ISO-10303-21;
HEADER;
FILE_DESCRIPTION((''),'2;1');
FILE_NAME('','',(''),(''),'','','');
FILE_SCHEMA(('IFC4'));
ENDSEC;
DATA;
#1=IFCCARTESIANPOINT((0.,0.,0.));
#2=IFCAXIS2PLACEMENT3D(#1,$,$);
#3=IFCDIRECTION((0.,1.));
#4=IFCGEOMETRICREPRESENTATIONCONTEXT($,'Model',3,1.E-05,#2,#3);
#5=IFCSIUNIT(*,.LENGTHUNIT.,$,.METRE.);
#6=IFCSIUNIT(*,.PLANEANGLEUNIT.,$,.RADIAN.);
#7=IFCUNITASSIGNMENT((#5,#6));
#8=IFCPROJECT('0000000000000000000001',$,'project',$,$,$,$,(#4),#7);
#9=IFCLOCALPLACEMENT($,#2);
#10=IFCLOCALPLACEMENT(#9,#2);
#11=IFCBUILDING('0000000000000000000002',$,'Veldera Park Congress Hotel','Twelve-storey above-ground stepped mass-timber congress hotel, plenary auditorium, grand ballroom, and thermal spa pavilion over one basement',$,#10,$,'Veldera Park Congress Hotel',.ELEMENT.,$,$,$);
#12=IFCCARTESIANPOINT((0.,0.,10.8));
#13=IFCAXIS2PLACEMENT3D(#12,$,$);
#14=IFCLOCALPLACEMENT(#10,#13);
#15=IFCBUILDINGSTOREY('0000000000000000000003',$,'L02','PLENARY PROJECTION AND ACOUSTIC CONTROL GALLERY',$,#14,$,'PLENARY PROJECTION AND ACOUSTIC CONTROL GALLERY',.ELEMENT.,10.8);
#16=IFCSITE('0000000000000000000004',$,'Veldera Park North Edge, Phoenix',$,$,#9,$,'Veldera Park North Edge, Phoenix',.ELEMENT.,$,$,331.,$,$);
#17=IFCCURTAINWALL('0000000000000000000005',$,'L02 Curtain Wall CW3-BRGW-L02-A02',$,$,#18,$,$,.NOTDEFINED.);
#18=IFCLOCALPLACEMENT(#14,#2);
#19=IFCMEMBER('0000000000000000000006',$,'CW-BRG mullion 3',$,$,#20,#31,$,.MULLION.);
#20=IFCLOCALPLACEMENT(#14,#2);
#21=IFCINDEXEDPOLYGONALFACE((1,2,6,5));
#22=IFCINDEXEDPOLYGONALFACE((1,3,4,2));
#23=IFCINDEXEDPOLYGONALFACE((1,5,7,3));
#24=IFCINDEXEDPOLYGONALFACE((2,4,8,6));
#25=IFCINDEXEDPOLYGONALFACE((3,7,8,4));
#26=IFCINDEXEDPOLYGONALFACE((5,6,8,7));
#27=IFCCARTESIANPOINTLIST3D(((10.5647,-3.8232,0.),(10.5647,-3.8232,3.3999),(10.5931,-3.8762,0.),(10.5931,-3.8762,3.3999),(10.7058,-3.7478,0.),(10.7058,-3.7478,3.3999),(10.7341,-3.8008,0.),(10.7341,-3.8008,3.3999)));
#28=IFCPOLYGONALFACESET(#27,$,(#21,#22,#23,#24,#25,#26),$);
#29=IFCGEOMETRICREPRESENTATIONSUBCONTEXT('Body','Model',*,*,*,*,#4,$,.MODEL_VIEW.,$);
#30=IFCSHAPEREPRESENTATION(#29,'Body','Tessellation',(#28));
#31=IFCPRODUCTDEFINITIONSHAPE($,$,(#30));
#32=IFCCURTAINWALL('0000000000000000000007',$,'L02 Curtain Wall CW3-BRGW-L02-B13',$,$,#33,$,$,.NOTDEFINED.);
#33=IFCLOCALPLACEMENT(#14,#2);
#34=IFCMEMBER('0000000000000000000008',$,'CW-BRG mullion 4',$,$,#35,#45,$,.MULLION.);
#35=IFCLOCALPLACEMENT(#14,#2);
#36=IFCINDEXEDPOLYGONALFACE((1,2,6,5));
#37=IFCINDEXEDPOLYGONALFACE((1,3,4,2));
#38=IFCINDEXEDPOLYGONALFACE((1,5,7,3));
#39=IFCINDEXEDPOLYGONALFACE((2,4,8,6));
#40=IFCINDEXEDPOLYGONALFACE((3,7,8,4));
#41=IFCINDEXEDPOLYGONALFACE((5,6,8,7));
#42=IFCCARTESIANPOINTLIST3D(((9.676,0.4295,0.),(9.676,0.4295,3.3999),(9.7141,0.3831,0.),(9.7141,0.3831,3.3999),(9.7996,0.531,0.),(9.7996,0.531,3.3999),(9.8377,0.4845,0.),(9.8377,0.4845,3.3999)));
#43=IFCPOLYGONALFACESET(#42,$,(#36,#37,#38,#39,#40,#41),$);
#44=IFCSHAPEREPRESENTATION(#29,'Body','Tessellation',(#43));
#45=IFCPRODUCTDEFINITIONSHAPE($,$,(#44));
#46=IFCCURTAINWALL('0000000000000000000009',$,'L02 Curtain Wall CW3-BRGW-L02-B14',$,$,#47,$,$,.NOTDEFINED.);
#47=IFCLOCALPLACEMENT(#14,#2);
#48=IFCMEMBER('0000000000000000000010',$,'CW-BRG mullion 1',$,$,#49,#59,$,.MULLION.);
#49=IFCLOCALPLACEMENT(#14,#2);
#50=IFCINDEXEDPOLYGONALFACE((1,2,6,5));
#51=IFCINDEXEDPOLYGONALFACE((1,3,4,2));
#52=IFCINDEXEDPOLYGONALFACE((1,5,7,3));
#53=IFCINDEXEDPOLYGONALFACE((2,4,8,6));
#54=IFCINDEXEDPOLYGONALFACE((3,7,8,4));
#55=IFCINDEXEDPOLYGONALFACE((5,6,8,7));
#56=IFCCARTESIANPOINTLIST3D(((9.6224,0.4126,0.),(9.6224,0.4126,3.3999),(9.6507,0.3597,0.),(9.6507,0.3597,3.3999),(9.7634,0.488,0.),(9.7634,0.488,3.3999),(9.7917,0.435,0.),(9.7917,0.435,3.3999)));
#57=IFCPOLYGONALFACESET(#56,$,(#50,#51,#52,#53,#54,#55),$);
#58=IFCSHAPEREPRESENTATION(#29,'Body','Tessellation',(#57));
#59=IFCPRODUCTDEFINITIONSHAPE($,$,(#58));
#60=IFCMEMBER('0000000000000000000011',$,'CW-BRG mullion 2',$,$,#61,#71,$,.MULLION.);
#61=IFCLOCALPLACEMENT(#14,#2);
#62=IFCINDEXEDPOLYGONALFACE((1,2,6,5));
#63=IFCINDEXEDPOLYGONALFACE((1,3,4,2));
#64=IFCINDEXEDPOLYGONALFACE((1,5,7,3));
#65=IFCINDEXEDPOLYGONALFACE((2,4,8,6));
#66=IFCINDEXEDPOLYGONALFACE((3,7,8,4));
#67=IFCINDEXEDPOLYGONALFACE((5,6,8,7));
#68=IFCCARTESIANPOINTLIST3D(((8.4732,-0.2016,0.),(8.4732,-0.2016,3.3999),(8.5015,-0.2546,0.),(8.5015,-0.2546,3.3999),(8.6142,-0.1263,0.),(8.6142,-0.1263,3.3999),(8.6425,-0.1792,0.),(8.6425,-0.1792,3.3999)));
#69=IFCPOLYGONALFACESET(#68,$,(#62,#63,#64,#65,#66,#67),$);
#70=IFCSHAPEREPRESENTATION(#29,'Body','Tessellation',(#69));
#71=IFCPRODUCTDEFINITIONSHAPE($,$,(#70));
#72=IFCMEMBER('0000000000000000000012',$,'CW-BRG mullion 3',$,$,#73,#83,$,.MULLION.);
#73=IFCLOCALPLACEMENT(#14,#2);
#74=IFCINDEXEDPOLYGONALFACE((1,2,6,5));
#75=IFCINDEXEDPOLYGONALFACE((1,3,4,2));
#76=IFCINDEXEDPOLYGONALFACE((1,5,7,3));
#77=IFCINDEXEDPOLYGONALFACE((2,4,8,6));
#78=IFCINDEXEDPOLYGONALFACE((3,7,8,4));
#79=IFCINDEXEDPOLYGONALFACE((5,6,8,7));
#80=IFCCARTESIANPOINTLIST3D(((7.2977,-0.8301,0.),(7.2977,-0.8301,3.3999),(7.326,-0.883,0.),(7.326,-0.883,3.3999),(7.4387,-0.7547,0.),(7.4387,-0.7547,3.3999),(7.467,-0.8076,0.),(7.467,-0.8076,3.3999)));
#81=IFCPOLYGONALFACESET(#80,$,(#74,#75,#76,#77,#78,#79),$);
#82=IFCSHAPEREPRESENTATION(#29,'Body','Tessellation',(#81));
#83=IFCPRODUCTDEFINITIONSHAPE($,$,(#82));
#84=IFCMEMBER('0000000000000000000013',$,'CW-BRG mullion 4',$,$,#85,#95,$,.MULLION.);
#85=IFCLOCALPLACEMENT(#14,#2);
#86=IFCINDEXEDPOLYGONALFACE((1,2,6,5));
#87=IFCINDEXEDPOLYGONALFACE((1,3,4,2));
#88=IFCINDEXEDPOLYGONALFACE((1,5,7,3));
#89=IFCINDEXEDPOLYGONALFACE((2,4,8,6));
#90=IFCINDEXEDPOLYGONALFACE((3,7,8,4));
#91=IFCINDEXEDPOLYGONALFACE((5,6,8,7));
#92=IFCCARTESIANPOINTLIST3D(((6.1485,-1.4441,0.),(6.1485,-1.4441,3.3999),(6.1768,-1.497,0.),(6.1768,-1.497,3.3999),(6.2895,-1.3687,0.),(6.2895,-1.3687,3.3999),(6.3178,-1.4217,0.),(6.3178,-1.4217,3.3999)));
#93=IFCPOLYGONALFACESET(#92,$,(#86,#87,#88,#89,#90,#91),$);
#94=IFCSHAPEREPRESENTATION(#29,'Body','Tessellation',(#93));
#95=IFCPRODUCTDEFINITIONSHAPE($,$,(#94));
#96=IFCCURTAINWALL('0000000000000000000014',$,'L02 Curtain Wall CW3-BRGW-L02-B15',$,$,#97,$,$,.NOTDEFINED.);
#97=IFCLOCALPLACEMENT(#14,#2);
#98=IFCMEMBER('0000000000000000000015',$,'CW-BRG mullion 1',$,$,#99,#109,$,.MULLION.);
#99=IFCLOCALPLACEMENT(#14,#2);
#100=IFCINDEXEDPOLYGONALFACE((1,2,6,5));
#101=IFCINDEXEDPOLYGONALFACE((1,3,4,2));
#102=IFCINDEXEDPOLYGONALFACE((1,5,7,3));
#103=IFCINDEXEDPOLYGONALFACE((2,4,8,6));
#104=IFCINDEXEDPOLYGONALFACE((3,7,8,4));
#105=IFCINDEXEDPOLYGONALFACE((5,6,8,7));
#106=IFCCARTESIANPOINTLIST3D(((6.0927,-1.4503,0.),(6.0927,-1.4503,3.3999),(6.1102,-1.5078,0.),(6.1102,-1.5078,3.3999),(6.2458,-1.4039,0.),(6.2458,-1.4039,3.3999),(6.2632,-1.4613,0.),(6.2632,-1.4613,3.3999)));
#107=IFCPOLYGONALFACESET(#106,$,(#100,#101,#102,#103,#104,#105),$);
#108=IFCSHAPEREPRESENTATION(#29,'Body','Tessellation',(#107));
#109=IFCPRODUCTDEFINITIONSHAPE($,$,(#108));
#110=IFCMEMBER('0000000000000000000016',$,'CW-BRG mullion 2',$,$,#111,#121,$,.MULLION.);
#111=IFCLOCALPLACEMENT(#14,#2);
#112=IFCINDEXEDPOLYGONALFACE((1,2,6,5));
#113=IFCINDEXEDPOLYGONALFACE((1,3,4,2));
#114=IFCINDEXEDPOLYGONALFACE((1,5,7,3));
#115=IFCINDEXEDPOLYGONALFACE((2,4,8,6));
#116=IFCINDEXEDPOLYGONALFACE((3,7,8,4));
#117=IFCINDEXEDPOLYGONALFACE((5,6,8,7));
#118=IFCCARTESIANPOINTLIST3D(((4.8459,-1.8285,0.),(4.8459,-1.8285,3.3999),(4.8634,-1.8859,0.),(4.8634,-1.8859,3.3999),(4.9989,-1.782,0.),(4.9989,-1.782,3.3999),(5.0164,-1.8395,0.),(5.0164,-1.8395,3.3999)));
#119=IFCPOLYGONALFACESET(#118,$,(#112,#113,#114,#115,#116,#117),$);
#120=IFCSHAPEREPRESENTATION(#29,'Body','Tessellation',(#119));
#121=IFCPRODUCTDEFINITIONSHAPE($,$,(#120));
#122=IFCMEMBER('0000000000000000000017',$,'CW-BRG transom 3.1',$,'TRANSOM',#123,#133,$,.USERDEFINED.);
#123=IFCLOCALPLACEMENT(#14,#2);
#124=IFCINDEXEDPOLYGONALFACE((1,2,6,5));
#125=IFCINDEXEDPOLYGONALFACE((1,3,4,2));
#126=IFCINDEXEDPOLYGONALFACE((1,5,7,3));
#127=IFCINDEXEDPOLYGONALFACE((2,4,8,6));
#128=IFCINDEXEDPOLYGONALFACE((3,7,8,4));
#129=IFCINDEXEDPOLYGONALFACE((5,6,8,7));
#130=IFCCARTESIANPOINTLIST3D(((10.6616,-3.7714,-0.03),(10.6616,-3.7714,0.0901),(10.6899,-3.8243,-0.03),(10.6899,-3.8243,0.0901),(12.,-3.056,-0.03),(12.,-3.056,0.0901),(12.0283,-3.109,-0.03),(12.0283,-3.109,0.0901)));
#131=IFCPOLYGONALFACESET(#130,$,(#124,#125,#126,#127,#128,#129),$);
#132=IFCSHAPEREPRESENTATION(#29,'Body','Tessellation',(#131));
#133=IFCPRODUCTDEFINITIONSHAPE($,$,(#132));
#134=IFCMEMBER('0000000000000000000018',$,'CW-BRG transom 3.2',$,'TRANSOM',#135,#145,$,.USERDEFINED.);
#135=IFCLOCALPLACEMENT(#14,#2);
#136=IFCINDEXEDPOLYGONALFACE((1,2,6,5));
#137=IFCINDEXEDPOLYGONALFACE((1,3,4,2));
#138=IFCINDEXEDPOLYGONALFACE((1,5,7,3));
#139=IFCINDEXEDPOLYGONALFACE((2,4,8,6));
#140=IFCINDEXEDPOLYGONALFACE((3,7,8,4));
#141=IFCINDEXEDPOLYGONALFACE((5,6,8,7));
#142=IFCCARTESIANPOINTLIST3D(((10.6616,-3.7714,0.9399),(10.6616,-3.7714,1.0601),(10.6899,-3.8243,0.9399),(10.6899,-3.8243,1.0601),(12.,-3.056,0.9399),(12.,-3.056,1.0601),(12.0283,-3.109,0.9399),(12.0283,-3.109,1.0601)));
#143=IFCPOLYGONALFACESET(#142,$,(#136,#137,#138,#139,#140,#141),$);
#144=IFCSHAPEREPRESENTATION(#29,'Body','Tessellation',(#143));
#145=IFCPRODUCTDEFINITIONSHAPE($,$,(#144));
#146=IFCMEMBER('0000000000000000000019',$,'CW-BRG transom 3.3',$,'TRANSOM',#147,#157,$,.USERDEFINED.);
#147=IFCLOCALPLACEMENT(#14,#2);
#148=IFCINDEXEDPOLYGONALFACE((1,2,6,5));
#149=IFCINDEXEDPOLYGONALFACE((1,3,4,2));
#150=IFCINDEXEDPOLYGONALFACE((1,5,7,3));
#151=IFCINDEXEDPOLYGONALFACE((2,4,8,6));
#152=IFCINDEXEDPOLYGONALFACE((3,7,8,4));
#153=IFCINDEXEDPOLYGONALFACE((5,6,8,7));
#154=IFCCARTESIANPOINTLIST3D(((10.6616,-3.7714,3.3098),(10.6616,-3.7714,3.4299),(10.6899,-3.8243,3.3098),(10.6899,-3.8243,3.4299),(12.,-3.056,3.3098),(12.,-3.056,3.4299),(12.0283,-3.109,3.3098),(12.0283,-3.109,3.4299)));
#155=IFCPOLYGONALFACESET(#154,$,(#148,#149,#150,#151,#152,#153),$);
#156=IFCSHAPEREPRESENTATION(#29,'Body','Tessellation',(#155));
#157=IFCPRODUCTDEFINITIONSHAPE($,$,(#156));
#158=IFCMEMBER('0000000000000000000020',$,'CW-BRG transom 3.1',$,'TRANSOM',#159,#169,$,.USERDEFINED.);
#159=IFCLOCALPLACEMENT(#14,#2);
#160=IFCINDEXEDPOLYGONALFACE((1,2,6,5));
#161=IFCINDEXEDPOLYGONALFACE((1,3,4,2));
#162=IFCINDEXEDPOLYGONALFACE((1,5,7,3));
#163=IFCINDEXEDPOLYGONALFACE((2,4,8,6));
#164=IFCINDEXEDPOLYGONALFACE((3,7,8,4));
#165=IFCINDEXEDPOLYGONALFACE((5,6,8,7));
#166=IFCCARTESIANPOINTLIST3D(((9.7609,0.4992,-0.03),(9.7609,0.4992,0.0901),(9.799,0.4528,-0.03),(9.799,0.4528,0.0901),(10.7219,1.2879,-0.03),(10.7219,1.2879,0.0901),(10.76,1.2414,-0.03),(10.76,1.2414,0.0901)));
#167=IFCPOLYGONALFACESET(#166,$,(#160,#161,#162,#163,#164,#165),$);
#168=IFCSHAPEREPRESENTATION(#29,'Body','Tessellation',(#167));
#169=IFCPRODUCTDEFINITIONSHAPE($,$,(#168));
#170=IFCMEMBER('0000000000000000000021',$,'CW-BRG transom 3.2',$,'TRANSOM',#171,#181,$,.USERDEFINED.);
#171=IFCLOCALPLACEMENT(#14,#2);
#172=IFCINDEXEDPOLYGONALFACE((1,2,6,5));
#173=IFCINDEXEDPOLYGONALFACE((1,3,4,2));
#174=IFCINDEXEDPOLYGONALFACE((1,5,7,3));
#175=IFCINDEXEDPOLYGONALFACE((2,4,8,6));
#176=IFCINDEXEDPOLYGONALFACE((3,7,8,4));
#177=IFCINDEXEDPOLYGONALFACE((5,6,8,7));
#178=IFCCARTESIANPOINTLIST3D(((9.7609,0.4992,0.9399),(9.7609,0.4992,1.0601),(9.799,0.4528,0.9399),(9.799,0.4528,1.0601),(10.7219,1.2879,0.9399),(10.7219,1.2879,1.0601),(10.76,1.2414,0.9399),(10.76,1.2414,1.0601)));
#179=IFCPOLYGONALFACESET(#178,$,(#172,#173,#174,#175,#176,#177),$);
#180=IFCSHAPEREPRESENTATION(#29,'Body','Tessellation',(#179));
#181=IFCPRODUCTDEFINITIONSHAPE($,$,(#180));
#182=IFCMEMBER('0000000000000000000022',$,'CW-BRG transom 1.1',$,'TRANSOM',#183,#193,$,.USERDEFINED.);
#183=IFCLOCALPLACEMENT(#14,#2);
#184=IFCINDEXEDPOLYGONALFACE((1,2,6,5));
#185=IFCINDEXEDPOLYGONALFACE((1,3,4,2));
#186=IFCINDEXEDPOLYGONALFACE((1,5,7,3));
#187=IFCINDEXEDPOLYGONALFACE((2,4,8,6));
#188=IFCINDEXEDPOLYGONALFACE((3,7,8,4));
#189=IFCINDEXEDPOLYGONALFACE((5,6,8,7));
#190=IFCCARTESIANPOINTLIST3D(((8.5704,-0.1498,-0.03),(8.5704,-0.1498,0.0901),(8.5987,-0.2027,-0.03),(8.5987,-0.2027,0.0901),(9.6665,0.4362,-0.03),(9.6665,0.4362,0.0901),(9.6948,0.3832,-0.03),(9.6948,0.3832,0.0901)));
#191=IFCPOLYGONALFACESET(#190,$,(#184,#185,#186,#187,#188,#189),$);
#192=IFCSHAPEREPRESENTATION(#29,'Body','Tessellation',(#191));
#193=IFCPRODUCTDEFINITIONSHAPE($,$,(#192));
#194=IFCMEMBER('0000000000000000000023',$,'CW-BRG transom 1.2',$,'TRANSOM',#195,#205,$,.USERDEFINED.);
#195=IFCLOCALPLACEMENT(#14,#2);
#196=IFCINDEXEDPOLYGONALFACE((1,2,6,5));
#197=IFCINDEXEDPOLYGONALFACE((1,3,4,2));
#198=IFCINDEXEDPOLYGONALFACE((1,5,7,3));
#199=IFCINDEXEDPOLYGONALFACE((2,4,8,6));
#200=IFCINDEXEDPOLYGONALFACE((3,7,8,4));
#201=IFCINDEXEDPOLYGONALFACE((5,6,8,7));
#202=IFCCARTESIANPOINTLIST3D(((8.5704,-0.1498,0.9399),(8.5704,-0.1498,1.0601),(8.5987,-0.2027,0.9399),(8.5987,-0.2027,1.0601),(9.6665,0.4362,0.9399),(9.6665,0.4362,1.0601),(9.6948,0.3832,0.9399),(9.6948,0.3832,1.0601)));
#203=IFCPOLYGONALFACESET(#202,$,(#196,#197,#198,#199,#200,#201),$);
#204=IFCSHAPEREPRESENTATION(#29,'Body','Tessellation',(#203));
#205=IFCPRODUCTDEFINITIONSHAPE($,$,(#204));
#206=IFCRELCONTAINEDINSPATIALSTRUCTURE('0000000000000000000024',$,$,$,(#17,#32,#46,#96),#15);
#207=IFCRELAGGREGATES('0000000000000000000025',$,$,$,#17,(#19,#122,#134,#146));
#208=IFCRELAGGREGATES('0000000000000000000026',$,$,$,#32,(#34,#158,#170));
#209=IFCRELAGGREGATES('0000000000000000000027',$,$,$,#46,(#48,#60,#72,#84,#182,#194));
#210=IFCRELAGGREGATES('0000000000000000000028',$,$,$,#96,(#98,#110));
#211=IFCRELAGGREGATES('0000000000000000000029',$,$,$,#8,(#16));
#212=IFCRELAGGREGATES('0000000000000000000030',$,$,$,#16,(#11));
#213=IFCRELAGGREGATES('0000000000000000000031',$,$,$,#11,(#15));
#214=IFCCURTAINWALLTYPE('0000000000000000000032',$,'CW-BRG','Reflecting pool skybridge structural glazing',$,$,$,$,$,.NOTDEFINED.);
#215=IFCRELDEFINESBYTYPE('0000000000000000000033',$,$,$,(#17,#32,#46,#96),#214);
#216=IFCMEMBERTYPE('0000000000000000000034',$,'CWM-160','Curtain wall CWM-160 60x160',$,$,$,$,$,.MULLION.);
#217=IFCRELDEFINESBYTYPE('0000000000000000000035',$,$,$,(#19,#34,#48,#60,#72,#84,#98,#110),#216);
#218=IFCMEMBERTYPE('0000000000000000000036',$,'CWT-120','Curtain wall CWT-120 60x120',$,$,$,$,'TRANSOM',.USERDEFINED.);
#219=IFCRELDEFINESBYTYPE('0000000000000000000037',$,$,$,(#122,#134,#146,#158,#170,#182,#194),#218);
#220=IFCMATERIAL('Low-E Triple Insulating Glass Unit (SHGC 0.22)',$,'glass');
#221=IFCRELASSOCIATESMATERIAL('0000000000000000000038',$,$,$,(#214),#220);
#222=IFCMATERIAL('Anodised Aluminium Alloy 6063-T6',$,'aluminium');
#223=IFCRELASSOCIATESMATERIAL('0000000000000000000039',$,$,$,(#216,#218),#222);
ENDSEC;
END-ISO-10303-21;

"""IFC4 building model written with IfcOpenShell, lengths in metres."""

from ifc_helpers import new_model, si_unit, direction, frame, origin, origin_2d, place, context, subcontext, project, spatial, rectangle, extrude, material, material_profile, profile_set, type_object, element, aggregate, save


model = new_model("IFC4")

# Units and contexts
model_context = context("Model", 3, precision=1e-05, world=origin(), true_north=direction((0.0, 1.0)))
body_context = subcontext(model_context, "Body", "Model", "MODEL_VIEW")
ifc_project = project(units=[si_unit("LENGTHUNIT", "METRE"), si_unit("PLANEANGLEUNIT", "RADIAN")], contexts=[model_context])

# Site, building, storey
site_placement = place(None, origin())
site = spatial("IfcSite", under=ifc_project, at=site_placement, Name="Veldera Park North Edge, Phoenix", LongName="Veldera Park North Edge, Phoenix", CompositionType="ELEMENT", RefElevation=331.0)
building_placement = place(site_placement, origin())
building = spatial("IfcBuilding", under=site, at=building_placement, Name="Veldera Park Congress Hotel", Description="Twelve-storey above-ground stepped mass-timber congress hotel, plenary auditorium, grand ballroom, and thermal spa pavilion over one basement", LongName="Veldera Park Congress Hotel", CompositionType="ELEMENT")
storey_placement = place(building_placement, frame((0.0, 0.0, 10.8)))
storey = spatial("IfcBuildingStorey", under=building, at=storey_placement, Name="L02", Description="PLENARY PROJECTION AND ACOUSTIC CONTROL GALLERY", LongName="PLENARY PROJECTION AND ACOUSTIC CONTROL GALLERY", CompositionType="ELEMENT", Elevation=10.8)

# Curtain walls, members
ifc_material_1 = material(Name="Low-E Triple Insulating Glass Unit (SHGC 0.22)", Category="glass")
curtain_wall_type = type_object("IfcCurtainWallType", Name="CW-BRG", Description="Reflecting pool skybridge structural glazing", PredefinedType="NOTDEFINED", material=ifc_material_1)
curtain_wall_1_placement = place(storey_placement, origin())
curtain_wall_1 = element("IfcCurtainWall", 1, at=curtain_wall_1_placement, inside=storey, type_object=curtain_wall_type, Name="L02 Curtain Wall CW3-BRGW-L02-A02", PredefinedType="NOTDEFINED")
ifc_material_2 = material(Name="Anodised Aluminium Alloy 6063-T6", Category="aluminium")
ifc_material_profile_1 = material_profile(ifc_material_2, rectangle(XDim=0.0601, YDim=0.1599, at=origin_2d()), Name="ALU 60x160")
ifc_profile_set_1 = profile_set([ifc_material_profile_1], Name="Anodised Aluminium Alloy 6063-T6")
member_type_1 = type_object("IfcMemberType", Name="CWM-160", Description="Curtain wall CWM-160 60x160", PredefinedType="MULLION", material=ifc_profile_set_1)
member_1_placement = place(storey_placement, frame((10.6494, -3.812, 0.0), z_axis=(0.0, 0.0, 1.0), x_axis=(-0.471385, 0.881928, 0.0)))
member_1 = element("IfcMember", 2, at=member_1_placement, type_object=member_type_1, Name="CW-BRG mullion 3", PredefinedType="MULLION", context=body_context, shape_type="SweptSolid", body=[
    extrude(rectangle(XDim=0.0601, YDim=0.1599, at=origin_2d()), origin(), (0.0, 0.0, 1.0), 3.3999),
])
curtain_wall_2_placement = place(storey_placement, origin())
curtain_wall_2 = element("IfcCurtainWall", 3, at=curtain_wall_2_placement, inside=storey, type_object=curtain_wall_type, Name="L02 Curtain Wall CW3-BRGW-L02-B13", PredefinedType="NOTDEFINED")
member_2_placement = place(storey_placement, frame((9.7568, 0.457, 0.0), z_axis=(0.0, 0.0, 1.0), x_axis=(0.634386, -0.773016, 0.0)))
member_2 = element("IfcMember", 4, at=member_2_placement, type_object=member_type_1, Name="CW-BRG mullion 4", PredefinedType="MULLION", context=body_context, shape_type="SweptSolid", body=[
    extrude(rectangle(XDim=0.0601, YDim=0.1599, at=origin_2d()), origin(), (0.0, 0.0, 1.0), 3.3999),
])

# Curtain walls, members
curtain_wall_3_placement = place(storey_placement, origin())
curtain_wall_3 = element("IfcCurtainWall", 5, at=curtain_wall_3_placement, inside=storey, type_object=curtain_wall_type, Name="L02 Curtain Wall CW3-BRGW-L02-B14", PredefinedType="NOTDEFINED")
member_3_placement = place(storey_placement, frame((9.707, 0.4238, 0.0), z_axis=(0.0, 0.0, 1.0), x_axis=(0.471384, -0.881928, 0.0)))
member_3 = element("IfcMember", 6, at=member_3_placement, type_object=member_type_1, Name="CW-BRG mullion 1", PredefinedType="MULLION", context=body_context, shape_type="SweptSolid", body=[
    extrude(rectangle(XDim=0.0601, YDim=0.1599, at=origin_2d()), origin(), (0.0, 0.0, 1.0), 3.3999),
])
member_4_placement = place(storey_placement, frame((8.5579, -0.1904, 0.0), z_axis=(0.0, 0.0, 1.0), x_axis=(0.471384, -0.881928, 0.0)))
member_4 = element("IfcMember", 7, at=member_4_placement, type_object=member_type_1, Name="CW-BRG mullion 2", PredefinedType="MULLION", context=body_context, shape_type="SweptSolid", body=[
    extrude(rectangle(XDim=0.0601, YDim=0.1599, at=origin_2d()), origin(), (0.0, 0.0, 1.0), 3.3999),
])
member_5_placement = place(storey_placement, frame((7.3823, -0.8188, 0.0), z_axis=(0.0, 0.0, 1.0), x_axis=(0.471384, -0.881928, 0.0)))
member_5 = element("IfcMember", 8, at=member_5_placement, type_object=member_type_1, Name="CW-BRG mullion 3", PredefinedType="MULLION", context=body_context, shape_type="SweptSolid", body=[
    extrude(rectangle(XDim=0.0601, YDim=0.1599, at=origin_2d()), origin(), (0.0, 0.0, 1.0), 3.3999),
])
member_6_placement = place(storey_placement, frame((6.2332, -1.4329, 0.0), z_axis=(0.0, 0.0, 1.0), x_axis=(0.471384, -0.881928, 0.0)))
member_6 = element("IfcMember", 9, at=member_6_placement, type_object=member_type_1, Name="CW-BRG mullion 4", PredefinedType="MULLION", context=body_context, shape_type="SweptSolid", body=[
    extrude(rectangle(XDim=0.0601, YDim=0.1599, at=origin_2d()), origin(), (0.0, 0.0, 1.0), 3.3999),
])
curtain_wall_4_placement = place(storey_placement, origin())
curtain_wall_4 = element("IfcCurtainWall", 10, at=curtain_wall_4_placement, inside=storey, type_object=curtain_wall_type, Name="L02 Curtain Wall CW3-BRGW-L02-B15", PredefinedType="NOTDEFINED")
member_7_placement = place(storey_placement, frame((6.178, -1.4558, 0.0), z_axis=(0.0, 0.0, 1.0), x_axis=(0.29029, -0.956939, 0.0)))
member_7 = element("IfcMember", 11, at=member_7_placement, type_object=member_type_1, Name="CW-BRG mullion 1", PredefinedType="MULLION", context=body_context, shape_type="SweptSolid", body=[
    extrude(rectangle(XDim=0.0601, YDim=0.1599, at=origin_2d()), origin(), (0.0, 0.0, 1.0), 3.3999),
])
member_8_placement = place(storey_placement, frame((4.9312, -1.834, 0.0), z_axis=(0.0, 0.0, 1.0), x_axis=(0.29029, -0.956939, 0.0)))
member_8 = element("IfcMember", 12, at=member_8_placement, type_object=member_type_1, Name="CW-BRG mullion 2", PredefinedType="MULLION", context=body_context, shape_type="SweptSolid", body=[
    extrude(rectangle(XDim=0.0601, YDim=0.1599, at=origin_2d()), origin(), (0.0, 0.0, 1.0), 3.3999),
])

# Members
ifc_material_profile_2 = material_profile(ifc_material_2, rectangle(XDim=0.0601, YDim=0.1201, at=origin_2d()), Name="ALU 60x120")
ifc_profile_set_2 = profile_set([ifc_material_profile_2], Name="Anodised Aluminium Alloy 6063-T6")
member_type_2 = type_object("IfcMemberType", Name="CWT-120", Description="Curtain wall CWT-120 60x120", ElementType="TRANSOM", PredefinedType="USERDEFINED", material=ifc_profile_set_2)
member_9_placement = place(storey_placement, frame((10.6758, -3.7979, 0.03), z_axis=(0.881934, 0.471373, 0.0), x_axis=(-0.471373, 0.881934, 0.0)))
member_9 = element("IfcMember", 13, at=member_9_placement, type_object=member_type_2, Name="CW-BRG transom 3.1", ObjectType="TRANSOM", PredefinedType="USERDEFINED", context=body_context, shape_type="SweptSolid", body=[
    extrude(rectangle(XDim=0.0601, YDim=0.1201, at=origin_2d()), origin(), (0.0, 0.0, 1.0), 1.5176),
])
member_10_placement = place(storey_placement, frame((10.6758, -3.7979, 1.0), z_axis=(0.881934, 0.471373, 0.0), x_axis=(-0.471373, 0.881934, 0.0)))
member_10 = element("IfcMember", 14, at=member_10_placement, type_object=member_type_2, Name="CW-BRG transom 3.2", ObjectType="TRANSOM", PredefinedType="USERDEFINED", context=body_context, shape_type="SweptSolid", body=[
    extrude(rectangle(XDim=0.0601, YDim=0.1201, at=origin_2d()), origin(), (0.0, 0.0, 1.0), 1.5176),
])
member_11_placement = place(storey_placement, frame((10.6758, -3.7979, 3.3699), z_axis=(0.881934, 0.471373, 0.0), x_axis=(-0.471373, 0.881934, 0.0)))
member_11 = element("IfcMember", 15, at=member_11_placement, type_object=member_type_2, Name="CW-BRG transom 3.3", ObjectType="TRANSOM", PredefinedType="USERDEFINED", context=body_context, shape_type="SweptSolid", body=[
    extrude(rectangle(XDim=0.0601, YDim=0.1201, at=origin_2d()), origin(), (0.0, 0.0, 1.0), 1.5176),
])
member_12_placement = place(storey_placement, frame((10.741, 1.2646, 0.03), z_axis=(-0.773029, -0.634371, 0.0), x_axis=(0.634371, -0.773029, 0.0)))
member_12 = element("IfcMember", 16, at=member_12_placement, type_object=member_type_2, Name="CW-BRG transom 3.1", ObjectType="TRANSOM", PredefinedType="USERDEFINED", context=body_context, shape_type="SweptSolid", body=[
    extrude(rectangle(XDim=0.0601, YDim=0.1201, at=origin_2d()), origin(), (0.0, 0.0, 1.0), 1.2432),
])
member_13_placement = place(storey_placement, frame((10.741, 1.2646, 1.0), z_axis=(-0.773029, -0.634371, 0.0), x_axis=(0.634371, -0.773029, 0.0)))
member_13 = element("IfcMember", 17, at=member_13_placement, type_object=member_type_2, Name="CW-BRG transom 3.2", ObjectType="TRANSOM", PredefinedType="USERDEFINED", context=body_context, shape_type="SweptSolid", body=[
    extrude(rectangle(XDim=0.0601, YDim=0.1201, at=origin_2d()), origin(), (0.0, 0.0, 1.0), 1.2432),
])
member_14_placement = place(storey_placement, frame((9.6807, 0.4097, 0.03), z_axis=(-0.881918, -0.471404, 0.0), x_axis=(0.471404, -0.881918, 0.0)))
member_14 = element("IfcMember", 18, at=member_14_placement, type_object=member_type_2, Name="CW-BRG transom 1.1", ObjectType="TRANSOM", PredefinedType="USERDEFINED", context=body_context, shape_type="SweptSolid", body=[
    extrude(rectangle(XDim=0.0601, YDim=0.1201, at=origin_2d()), origin(), (0.0, 0.0, 1.0), 1.2429),
])
member_15_placement = place(storey_placement, frame((9.6807, 0.4097, 1.0), z_axis=(-0.881918, -0.471404, 0.0), x_axis=(0.471404, -0.881918, 0.0)))
member_15 = element("IfcMember", 19, at=member_15_placement, type_object=member_type_2, Name="CW-BRG transom 1.2", ObjectType="TRANSOM", PredefinedType="USERDEFINED", context=body_context, shape_type="SweptSolid", body=[
    extrude(rectangle(XDim=0.0601, YDim=0.1201, at=origin_2d()), origin(), (0.0, 0.0, 1.0), 1.2429),
])

aggregate(curtain_wall_1, [member_1, member_9, member_10, member_11])
aggregate(curtain_wall_2, [member_2, member_12, member_13])
aggregate(curtain_wall_3, [member_3, member_4, member_5, member_6, member_14, member_15])
aggregate(curtain_wall_4, [member_7, member_8])

save(model, "model.ifc")
